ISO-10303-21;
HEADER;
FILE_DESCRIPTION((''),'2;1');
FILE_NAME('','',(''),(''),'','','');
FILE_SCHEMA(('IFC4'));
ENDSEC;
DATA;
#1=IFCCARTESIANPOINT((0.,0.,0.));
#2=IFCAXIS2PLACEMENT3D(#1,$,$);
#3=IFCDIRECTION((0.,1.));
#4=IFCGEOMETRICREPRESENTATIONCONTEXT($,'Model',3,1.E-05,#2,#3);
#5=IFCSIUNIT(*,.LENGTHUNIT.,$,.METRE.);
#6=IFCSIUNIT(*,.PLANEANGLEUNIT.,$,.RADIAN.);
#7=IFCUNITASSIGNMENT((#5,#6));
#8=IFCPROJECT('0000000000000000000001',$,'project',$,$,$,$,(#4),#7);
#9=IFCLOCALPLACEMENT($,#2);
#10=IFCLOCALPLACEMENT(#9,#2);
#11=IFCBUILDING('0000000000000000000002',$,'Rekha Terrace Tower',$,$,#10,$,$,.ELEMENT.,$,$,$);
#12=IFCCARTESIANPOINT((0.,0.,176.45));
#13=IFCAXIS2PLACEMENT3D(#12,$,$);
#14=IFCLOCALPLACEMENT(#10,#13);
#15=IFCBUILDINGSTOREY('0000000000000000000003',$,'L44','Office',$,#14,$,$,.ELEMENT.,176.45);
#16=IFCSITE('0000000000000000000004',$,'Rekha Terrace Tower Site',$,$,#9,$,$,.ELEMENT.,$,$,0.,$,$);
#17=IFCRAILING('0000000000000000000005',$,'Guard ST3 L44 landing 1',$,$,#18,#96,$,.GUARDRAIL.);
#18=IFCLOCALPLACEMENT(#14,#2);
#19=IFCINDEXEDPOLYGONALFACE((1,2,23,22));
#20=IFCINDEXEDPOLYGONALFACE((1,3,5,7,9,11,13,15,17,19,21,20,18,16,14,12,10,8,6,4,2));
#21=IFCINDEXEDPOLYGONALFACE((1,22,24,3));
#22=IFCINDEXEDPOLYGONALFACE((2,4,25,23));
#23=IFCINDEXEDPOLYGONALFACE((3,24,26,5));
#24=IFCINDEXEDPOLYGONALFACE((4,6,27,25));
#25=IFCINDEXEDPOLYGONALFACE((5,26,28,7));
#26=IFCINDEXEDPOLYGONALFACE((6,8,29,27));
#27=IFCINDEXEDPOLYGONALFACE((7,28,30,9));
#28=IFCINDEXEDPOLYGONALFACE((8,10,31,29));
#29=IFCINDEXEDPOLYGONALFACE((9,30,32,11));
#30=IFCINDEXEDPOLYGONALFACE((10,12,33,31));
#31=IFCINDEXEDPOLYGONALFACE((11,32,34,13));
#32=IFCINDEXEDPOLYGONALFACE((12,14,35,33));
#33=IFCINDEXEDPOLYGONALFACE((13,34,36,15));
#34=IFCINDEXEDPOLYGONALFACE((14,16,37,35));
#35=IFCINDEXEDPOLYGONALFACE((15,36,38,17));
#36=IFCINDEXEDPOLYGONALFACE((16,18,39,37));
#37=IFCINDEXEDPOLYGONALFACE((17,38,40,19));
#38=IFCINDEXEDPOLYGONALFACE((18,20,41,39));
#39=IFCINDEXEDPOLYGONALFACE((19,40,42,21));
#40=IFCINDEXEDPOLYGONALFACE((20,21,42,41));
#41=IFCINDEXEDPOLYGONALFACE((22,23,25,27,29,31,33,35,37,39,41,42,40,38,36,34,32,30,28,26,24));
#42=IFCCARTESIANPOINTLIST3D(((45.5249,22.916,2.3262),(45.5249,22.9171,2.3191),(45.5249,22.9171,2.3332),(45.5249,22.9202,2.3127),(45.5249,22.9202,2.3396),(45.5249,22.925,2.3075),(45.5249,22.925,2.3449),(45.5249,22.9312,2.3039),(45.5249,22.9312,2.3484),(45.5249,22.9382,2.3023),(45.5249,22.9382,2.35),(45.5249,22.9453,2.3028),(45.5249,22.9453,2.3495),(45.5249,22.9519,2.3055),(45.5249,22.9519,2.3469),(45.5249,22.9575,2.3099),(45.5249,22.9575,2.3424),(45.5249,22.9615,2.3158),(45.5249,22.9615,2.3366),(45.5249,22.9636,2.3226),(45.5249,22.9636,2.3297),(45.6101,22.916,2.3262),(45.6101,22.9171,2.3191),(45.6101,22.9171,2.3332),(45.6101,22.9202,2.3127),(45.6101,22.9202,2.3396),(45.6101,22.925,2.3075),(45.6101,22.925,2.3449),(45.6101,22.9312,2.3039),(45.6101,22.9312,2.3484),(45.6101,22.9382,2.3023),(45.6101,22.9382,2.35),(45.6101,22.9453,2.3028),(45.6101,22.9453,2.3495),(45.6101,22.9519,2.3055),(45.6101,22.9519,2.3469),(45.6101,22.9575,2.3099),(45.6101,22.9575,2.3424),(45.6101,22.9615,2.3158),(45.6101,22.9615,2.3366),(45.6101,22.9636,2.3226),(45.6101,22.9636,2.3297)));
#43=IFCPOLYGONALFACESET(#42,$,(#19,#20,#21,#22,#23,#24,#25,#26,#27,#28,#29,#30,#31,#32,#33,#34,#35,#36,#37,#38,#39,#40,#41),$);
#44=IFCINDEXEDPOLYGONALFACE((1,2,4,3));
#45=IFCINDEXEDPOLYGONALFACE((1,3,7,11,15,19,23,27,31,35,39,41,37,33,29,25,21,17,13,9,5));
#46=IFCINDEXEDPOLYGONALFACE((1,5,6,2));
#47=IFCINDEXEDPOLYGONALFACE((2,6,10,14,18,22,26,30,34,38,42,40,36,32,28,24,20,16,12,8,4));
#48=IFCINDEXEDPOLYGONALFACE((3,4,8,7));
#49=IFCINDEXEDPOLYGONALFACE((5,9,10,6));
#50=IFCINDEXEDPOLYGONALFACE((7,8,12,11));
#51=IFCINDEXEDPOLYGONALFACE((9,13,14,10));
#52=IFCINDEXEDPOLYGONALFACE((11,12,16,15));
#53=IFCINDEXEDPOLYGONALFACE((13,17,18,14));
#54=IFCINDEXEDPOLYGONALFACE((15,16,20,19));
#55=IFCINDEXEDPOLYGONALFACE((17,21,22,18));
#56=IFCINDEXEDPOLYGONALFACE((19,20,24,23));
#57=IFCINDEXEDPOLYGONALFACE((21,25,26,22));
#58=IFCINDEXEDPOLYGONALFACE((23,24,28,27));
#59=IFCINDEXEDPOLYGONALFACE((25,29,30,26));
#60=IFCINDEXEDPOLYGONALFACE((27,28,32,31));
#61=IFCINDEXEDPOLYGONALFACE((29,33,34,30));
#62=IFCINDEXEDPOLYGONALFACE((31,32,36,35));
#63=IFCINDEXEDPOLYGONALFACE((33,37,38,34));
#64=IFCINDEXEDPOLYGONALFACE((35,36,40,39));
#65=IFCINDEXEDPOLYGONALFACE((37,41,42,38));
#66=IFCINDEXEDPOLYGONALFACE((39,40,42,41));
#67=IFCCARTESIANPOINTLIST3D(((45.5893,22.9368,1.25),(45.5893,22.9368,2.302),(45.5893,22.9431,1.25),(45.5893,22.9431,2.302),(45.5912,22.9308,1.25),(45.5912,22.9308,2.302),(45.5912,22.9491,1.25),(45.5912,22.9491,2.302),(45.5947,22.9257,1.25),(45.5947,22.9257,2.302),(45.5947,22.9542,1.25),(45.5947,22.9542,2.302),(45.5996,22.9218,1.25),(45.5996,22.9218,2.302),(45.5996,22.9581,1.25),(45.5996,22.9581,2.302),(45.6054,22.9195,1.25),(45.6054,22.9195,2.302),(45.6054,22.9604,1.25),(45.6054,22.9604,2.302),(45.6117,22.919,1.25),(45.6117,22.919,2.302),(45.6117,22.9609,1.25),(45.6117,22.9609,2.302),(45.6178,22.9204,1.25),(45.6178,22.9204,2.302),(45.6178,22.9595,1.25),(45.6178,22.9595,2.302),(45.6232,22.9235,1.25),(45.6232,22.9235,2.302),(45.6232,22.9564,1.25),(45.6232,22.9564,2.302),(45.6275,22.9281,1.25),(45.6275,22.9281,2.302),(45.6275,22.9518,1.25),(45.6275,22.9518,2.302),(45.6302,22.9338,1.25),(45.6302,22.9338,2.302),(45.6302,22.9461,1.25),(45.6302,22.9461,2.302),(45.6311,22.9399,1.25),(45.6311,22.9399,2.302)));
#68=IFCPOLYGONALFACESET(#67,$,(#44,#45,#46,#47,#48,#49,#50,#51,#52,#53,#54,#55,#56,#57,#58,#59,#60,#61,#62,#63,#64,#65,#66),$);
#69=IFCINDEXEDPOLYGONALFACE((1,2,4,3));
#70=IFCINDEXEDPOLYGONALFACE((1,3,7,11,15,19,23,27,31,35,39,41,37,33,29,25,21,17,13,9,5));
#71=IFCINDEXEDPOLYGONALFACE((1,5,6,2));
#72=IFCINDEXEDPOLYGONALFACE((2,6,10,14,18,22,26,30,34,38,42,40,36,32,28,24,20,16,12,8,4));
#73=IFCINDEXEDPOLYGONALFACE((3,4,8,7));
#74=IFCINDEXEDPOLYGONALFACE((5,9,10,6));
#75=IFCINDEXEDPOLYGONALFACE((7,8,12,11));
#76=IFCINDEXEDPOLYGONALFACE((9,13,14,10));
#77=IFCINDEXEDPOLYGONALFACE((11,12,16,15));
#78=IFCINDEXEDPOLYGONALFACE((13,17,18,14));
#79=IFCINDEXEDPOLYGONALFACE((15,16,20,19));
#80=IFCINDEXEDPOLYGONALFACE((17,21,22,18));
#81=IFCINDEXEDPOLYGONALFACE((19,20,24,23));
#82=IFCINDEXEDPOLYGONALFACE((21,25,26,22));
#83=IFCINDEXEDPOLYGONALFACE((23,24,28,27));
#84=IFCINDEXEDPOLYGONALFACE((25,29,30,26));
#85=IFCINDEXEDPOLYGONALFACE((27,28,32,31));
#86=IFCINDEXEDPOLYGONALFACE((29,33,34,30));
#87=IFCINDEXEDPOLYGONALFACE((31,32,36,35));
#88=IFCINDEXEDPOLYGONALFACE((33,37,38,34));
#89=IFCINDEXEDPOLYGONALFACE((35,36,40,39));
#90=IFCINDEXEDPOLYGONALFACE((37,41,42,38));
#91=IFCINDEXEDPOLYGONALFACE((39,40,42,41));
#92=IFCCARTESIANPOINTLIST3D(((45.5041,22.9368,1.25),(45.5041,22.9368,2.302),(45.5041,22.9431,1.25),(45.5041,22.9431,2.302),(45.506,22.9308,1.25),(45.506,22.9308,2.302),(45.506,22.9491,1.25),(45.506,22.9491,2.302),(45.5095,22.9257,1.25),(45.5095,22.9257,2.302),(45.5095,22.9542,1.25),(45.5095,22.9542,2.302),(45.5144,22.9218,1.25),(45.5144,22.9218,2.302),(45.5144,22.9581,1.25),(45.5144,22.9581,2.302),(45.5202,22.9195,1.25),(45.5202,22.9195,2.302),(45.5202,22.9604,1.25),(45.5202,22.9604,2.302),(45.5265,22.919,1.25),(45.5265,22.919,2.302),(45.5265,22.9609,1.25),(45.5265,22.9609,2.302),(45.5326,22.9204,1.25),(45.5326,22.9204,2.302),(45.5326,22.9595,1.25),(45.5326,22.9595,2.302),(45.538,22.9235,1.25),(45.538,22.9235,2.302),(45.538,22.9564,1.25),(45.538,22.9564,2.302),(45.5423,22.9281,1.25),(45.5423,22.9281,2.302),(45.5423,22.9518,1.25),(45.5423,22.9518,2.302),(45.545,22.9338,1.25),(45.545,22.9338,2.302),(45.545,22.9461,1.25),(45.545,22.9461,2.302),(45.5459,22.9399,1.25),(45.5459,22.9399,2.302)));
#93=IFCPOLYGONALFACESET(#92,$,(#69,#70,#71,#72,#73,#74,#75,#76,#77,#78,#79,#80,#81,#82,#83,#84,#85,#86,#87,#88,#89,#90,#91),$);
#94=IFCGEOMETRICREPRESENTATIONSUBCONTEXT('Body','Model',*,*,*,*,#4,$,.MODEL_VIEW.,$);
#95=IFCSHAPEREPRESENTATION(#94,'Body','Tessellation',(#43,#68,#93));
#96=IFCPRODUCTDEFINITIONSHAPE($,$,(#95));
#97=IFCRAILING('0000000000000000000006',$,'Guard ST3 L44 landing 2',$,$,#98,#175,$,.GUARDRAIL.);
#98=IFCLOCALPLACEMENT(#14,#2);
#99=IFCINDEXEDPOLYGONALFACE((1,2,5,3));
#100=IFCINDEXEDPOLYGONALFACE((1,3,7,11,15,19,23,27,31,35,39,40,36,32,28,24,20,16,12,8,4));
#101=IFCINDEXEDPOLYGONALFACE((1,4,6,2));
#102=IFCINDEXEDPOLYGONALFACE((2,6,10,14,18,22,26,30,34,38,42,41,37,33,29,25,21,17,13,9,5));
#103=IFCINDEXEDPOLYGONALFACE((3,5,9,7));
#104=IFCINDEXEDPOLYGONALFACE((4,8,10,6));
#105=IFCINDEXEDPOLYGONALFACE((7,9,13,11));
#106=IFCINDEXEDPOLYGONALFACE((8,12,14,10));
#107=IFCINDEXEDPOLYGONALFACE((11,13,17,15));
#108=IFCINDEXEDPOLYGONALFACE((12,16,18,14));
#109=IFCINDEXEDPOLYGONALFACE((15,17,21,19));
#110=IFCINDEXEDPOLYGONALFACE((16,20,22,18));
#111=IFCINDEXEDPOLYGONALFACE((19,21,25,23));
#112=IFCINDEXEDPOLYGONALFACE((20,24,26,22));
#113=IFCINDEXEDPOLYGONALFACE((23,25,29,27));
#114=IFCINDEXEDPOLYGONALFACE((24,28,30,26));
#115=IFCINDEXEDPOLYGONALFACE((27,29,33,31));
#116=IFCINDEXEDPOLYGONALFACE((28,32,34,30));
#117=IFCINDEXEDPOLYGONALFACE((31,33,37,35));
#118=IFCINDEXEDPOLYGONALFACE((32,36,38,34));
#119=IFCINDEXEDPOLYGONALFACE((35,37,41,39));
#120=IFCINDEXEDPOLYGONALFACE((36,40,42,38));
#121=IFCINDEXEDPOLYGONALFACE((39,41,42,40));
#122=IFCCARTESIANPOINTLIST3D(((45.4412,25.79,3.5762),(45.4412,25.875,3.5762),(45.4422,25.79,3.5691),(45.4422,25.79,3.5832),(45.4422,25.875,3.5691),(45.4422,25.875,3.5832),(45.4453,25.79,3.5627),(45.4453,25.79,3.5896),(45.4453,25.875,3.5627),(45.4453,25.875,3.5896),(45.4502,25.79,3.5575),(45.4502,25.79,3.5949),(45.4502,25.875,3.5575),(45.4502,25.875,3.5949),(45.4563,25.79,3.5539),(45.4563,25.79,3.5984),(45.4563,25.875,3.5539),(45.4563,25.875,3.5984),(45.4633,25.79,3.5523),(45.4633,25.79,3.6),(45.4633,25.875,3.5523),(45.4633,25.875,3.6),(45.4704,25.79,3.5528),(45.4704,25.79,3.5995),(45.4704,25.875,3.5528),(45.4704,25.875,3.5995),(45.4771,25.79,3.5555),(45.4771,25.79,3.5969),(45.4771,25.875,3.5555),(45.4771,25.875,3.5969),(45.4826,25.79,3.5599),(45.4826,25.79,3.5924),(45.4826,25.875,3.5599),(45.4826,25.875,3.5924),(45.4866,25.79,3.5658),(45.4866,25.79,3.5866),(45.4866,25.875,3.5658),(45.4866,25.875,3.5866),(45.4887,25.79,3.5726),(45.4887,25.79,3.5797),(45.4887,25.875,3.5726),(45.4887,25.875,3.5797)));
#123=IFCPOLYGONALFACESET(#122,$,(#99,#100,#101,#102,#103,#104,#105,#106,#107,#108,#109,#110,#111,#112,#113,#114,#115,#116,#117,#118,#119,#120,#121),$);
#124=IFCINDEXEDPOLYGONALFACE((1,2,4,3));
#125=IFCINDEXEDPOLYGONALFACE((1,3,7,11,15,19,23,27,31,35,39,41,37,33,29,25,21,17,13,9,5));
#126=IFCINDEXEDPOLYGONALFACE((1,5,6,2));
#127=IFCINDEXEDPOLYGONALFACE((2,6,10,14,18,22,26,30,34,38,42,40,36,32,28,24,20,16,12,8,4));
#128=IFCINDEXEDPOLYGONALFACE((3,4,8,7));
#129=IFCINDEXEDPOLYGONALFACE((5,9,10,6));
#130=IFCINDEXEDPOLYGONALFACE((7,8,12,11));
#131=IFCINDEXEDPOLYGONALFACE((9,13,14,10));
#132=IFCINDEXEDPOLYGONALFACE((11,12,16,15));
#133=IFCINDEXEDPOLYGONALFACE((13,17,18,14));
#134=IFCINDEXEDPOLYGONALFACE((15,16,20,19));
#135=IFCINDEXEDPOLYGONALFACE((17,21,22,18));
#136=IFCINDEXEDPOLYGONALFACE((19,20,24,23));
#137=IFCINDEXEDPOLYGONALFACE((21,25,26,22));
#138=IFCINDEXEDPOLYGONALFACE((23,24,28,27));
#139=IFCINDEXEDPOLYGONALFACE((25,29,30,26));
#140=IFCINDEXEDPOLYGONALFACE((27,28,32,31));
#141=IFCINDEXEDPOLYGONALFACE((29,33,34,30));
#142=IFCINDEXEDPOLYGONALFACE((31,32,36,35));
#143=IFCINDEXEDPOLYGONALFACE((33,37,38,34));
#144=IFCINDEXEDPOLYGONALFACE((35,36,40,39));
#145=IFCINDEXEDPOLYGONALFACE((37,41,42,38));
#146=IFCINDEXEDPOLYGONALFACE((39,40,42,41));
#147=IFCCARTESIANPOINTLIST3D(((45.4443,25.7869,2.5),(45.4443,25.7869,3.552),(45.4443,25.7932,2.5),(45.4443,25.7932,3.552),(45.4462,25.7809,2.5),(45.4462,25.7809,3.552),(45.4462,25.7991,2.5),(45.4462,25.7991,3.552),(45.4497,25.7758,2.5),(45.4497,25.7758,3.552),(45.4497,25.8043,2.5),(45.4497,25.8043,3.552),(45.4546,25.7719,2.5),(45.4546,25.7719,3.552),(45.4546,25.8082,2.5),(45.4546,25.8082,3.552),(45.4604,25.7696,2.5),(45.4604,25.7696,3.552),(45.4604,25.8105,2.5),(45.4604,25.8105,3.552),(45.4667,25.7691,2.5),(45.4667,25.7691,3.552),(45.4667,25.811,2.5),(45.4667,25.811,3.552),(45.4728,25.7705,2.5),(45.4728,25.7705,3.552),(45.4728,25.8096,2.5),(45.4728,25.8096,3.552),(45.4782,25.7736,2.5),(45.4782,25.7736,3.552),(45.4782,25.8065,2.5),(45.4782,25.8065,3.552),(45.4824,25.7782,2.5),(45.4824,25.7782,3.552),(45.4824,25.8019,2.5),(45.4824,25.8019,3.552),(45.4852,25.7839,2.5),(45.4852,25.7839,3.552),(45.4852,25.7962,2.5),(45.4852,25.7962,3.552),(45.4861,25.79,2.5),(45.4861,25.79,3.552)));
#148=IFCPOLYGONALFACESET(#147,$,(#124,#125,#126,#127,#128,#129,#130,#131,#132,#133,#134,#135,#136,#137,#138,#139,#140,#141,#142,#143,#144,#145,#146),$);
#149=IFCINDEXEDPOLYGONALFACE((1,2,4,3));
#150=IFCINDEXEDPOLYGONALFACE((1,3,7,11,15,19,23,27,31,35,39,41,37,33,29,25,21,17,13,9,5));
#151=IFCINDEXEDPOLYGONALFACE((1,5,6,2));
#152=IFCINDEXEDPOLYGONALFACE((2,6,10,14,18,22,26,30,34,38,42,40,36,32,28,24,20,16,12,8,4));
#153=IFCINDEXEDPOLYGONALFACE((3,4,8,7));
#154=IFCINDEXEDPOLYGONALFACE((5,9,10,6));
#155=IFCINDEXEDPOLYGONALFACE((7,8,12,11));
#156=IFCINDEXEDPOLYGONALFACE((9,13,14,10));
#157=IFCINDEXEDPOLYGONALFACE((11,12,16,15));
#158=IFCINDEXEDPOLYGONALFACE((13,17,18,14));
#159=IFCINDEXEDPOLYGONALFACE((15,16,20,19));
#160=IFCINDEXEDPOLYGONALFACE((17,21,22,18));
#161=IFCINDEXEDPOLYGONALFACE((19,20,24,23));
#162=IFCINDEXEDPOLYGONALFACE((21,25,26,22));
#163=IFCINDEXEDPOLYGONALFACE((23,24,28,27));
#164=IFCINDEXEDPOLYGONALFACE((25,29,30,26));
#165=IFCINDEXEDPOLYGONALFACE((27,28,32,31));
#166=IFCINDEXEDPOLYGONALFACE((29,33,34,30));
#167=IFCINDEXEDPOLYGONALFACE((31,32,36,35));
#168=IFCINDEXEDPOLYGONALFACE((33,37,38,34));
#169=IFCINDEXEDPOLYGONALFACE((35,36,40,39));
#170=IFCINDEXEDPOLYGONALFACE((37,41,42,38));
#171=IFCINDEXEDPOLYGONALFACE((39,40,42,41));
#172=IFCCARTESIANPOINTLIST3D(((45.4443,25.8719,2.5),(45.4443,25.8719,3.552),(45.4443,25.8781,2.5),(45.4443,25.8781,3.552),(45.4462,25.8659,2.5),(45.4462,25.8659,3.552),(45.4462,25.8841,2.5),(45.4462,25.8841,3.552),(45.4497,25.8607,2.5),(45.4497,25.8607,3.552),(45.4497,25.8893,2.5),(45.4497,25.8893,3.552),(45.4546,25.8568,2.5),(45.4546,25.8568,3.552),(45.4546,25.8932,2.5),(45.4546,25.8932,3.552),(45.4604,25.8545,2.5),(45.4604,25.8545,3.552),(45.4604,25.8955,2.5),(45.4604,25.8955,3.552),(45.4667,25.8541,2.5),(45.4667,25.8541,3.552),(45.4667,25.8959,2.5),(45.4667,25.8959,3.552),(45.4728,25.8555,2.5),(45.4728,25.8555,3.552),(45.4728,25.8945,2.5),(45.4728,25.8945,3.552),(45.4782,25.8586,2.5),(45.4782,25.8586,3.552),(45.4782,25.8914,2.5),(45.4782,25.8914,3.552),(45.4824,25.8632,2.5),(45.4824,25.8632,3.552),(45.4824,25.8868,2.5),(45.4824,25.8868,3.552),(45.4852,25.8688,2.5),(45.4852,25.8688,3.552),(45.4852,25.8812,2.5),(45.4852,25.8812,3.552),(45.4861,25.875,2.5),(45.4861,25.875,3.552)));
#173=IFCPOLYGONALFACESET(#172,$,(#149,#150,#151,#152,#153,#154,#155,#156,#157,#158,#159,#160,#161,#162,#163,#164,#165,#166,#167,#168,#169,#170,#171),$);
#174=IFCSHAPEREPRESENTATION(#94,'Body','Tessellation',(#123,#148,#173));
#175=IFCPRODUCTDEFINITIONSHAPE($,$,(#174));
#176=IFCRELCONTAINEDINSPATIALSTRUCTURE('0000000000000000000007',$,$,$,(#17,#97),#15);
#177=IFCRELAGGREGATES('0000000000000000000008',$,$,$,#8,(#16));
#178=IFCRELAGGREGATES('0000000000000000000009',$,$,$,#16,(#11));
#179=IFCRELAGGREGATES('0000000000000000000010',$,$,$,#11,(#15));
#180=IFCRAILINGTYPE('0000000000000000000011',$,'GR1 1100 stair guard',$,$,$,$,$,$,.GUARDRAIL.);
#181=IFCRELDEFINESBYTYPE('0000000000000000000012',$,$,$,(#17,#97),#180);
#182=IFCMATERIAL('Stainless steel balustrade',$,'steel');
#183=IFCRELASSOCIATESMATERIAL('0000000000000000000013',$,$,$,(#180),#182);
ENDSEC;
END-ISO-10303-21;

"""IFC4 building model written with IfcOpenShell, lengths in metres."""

from ifc_helpers import new_model, si_unit, direction, frame, origin, origin_2d, place, context, subcontext, project, spatial, circle, extrude, material, type_object, element, save


model = new_model("IFC4")

# Units and contexts
model_context = context("Model", 3, precision=1e-05, world=origin(), true_north=direction((0.0, 1.0)))
body_context = subcontext(model_context, "Body", "Model", "MODEL_VIEW")
ifc_project = project(units=[si_unit("LENGTHUNIT", "METRE"), si_unit("PLANEANGLEUNIT", "RADIAN")], contexts=[model_context])

# Site, building, storey
site_placement = place(None, origin())
site = spatial("IfcSite", under=ifc_project, at=site_placement, Name="Rekha Terrace Tower Site", CompositionType="ELEMENT", RefElevation=0.0)
building_placement = place(site_placement, origin())
building = spatial("IfcBuilding", under=site, at=building_placement, Name="Rekha Terrace Tower", CompositionType="ELEMENT")
storey_placement = place(building_placement, frame((0.0, 0.0, 176.45)))
storey = spatial("IfcBuildingStorey", under=building, at=storey_placement, Name="L44", Description="Office", CompositionType="ELEMENT", Elevation=176.45)

# Railings
ifc_material_1 = material(Name="Stainless steel balustrade", Category="steel")
railing_type_1 = type_object("IfcRailingType", Name="GR1 1100 stair guard", PredefinedType="GUARDRAIL", material=ifc_material_1)
railing_1_placement = place(storey_placement, frame((45.6101, 22.9399, 1.25)))
element("IfcRailing", 1, at=railing_1_placement, inside=storey, type_object=railing_type_1, Name="Guard ST3 L44 landing 1", PredefinedType="GUARDRAIL", context=body_context, shape_type="SweptSolid", body=[
    extrude(circle(Radius=0.0239, at=origin_2d()), frame((0.0, 0.0, 1.0762), z_axis=(-1.0, 0.0, 0.0), x_axis=(0.0, -1.0, 0.0)), (0.0, 0.0, 1.0), 0.0852),
    extrude(circle(Radius=0.021, at=origin_2d()), origin(), (0.0, 0.0, 1.0), 1.052),
    extrude(circle(Radius=0.021, at=origin_2d()), frame((-0.0852, 0.0, 0.0)), (0.0, 0.0, 1.0), 1.052),
])
railing_2_placement = place(storey_placement, frame((45.4651, 25.79, 2.5)))
element("IfcRailing", 2, at=railing_2_placement, inside=storey, type_object=railing_type_1, Name="Guard ST3 L44 landing 2", PredefinedType="GUARDRAIL", context=body_context, shape_type="SweptSolid", body=[
    extrude(circle(Radius=0.0239, at=origin_2d()), frame((0.0, 0.0, 1.0762), z_axis=(0.0, 1.0, 0.0), x_axis=(-1.0, 0.0, 0.0)), (0.0, 0.0, 1.0), 0.085),
    extrude(circle(Radius=0.021, at=origin_2d()), origin(), (0.0, 0.0, 1.0), 1.052),
    extrude(circle(Radius=0.021, at=origin_2d()), frame((0.0, 0.085, 0.0)), (0.0, 0.0, 1.0), 1.052),
])

save(model, "model.ifc")
